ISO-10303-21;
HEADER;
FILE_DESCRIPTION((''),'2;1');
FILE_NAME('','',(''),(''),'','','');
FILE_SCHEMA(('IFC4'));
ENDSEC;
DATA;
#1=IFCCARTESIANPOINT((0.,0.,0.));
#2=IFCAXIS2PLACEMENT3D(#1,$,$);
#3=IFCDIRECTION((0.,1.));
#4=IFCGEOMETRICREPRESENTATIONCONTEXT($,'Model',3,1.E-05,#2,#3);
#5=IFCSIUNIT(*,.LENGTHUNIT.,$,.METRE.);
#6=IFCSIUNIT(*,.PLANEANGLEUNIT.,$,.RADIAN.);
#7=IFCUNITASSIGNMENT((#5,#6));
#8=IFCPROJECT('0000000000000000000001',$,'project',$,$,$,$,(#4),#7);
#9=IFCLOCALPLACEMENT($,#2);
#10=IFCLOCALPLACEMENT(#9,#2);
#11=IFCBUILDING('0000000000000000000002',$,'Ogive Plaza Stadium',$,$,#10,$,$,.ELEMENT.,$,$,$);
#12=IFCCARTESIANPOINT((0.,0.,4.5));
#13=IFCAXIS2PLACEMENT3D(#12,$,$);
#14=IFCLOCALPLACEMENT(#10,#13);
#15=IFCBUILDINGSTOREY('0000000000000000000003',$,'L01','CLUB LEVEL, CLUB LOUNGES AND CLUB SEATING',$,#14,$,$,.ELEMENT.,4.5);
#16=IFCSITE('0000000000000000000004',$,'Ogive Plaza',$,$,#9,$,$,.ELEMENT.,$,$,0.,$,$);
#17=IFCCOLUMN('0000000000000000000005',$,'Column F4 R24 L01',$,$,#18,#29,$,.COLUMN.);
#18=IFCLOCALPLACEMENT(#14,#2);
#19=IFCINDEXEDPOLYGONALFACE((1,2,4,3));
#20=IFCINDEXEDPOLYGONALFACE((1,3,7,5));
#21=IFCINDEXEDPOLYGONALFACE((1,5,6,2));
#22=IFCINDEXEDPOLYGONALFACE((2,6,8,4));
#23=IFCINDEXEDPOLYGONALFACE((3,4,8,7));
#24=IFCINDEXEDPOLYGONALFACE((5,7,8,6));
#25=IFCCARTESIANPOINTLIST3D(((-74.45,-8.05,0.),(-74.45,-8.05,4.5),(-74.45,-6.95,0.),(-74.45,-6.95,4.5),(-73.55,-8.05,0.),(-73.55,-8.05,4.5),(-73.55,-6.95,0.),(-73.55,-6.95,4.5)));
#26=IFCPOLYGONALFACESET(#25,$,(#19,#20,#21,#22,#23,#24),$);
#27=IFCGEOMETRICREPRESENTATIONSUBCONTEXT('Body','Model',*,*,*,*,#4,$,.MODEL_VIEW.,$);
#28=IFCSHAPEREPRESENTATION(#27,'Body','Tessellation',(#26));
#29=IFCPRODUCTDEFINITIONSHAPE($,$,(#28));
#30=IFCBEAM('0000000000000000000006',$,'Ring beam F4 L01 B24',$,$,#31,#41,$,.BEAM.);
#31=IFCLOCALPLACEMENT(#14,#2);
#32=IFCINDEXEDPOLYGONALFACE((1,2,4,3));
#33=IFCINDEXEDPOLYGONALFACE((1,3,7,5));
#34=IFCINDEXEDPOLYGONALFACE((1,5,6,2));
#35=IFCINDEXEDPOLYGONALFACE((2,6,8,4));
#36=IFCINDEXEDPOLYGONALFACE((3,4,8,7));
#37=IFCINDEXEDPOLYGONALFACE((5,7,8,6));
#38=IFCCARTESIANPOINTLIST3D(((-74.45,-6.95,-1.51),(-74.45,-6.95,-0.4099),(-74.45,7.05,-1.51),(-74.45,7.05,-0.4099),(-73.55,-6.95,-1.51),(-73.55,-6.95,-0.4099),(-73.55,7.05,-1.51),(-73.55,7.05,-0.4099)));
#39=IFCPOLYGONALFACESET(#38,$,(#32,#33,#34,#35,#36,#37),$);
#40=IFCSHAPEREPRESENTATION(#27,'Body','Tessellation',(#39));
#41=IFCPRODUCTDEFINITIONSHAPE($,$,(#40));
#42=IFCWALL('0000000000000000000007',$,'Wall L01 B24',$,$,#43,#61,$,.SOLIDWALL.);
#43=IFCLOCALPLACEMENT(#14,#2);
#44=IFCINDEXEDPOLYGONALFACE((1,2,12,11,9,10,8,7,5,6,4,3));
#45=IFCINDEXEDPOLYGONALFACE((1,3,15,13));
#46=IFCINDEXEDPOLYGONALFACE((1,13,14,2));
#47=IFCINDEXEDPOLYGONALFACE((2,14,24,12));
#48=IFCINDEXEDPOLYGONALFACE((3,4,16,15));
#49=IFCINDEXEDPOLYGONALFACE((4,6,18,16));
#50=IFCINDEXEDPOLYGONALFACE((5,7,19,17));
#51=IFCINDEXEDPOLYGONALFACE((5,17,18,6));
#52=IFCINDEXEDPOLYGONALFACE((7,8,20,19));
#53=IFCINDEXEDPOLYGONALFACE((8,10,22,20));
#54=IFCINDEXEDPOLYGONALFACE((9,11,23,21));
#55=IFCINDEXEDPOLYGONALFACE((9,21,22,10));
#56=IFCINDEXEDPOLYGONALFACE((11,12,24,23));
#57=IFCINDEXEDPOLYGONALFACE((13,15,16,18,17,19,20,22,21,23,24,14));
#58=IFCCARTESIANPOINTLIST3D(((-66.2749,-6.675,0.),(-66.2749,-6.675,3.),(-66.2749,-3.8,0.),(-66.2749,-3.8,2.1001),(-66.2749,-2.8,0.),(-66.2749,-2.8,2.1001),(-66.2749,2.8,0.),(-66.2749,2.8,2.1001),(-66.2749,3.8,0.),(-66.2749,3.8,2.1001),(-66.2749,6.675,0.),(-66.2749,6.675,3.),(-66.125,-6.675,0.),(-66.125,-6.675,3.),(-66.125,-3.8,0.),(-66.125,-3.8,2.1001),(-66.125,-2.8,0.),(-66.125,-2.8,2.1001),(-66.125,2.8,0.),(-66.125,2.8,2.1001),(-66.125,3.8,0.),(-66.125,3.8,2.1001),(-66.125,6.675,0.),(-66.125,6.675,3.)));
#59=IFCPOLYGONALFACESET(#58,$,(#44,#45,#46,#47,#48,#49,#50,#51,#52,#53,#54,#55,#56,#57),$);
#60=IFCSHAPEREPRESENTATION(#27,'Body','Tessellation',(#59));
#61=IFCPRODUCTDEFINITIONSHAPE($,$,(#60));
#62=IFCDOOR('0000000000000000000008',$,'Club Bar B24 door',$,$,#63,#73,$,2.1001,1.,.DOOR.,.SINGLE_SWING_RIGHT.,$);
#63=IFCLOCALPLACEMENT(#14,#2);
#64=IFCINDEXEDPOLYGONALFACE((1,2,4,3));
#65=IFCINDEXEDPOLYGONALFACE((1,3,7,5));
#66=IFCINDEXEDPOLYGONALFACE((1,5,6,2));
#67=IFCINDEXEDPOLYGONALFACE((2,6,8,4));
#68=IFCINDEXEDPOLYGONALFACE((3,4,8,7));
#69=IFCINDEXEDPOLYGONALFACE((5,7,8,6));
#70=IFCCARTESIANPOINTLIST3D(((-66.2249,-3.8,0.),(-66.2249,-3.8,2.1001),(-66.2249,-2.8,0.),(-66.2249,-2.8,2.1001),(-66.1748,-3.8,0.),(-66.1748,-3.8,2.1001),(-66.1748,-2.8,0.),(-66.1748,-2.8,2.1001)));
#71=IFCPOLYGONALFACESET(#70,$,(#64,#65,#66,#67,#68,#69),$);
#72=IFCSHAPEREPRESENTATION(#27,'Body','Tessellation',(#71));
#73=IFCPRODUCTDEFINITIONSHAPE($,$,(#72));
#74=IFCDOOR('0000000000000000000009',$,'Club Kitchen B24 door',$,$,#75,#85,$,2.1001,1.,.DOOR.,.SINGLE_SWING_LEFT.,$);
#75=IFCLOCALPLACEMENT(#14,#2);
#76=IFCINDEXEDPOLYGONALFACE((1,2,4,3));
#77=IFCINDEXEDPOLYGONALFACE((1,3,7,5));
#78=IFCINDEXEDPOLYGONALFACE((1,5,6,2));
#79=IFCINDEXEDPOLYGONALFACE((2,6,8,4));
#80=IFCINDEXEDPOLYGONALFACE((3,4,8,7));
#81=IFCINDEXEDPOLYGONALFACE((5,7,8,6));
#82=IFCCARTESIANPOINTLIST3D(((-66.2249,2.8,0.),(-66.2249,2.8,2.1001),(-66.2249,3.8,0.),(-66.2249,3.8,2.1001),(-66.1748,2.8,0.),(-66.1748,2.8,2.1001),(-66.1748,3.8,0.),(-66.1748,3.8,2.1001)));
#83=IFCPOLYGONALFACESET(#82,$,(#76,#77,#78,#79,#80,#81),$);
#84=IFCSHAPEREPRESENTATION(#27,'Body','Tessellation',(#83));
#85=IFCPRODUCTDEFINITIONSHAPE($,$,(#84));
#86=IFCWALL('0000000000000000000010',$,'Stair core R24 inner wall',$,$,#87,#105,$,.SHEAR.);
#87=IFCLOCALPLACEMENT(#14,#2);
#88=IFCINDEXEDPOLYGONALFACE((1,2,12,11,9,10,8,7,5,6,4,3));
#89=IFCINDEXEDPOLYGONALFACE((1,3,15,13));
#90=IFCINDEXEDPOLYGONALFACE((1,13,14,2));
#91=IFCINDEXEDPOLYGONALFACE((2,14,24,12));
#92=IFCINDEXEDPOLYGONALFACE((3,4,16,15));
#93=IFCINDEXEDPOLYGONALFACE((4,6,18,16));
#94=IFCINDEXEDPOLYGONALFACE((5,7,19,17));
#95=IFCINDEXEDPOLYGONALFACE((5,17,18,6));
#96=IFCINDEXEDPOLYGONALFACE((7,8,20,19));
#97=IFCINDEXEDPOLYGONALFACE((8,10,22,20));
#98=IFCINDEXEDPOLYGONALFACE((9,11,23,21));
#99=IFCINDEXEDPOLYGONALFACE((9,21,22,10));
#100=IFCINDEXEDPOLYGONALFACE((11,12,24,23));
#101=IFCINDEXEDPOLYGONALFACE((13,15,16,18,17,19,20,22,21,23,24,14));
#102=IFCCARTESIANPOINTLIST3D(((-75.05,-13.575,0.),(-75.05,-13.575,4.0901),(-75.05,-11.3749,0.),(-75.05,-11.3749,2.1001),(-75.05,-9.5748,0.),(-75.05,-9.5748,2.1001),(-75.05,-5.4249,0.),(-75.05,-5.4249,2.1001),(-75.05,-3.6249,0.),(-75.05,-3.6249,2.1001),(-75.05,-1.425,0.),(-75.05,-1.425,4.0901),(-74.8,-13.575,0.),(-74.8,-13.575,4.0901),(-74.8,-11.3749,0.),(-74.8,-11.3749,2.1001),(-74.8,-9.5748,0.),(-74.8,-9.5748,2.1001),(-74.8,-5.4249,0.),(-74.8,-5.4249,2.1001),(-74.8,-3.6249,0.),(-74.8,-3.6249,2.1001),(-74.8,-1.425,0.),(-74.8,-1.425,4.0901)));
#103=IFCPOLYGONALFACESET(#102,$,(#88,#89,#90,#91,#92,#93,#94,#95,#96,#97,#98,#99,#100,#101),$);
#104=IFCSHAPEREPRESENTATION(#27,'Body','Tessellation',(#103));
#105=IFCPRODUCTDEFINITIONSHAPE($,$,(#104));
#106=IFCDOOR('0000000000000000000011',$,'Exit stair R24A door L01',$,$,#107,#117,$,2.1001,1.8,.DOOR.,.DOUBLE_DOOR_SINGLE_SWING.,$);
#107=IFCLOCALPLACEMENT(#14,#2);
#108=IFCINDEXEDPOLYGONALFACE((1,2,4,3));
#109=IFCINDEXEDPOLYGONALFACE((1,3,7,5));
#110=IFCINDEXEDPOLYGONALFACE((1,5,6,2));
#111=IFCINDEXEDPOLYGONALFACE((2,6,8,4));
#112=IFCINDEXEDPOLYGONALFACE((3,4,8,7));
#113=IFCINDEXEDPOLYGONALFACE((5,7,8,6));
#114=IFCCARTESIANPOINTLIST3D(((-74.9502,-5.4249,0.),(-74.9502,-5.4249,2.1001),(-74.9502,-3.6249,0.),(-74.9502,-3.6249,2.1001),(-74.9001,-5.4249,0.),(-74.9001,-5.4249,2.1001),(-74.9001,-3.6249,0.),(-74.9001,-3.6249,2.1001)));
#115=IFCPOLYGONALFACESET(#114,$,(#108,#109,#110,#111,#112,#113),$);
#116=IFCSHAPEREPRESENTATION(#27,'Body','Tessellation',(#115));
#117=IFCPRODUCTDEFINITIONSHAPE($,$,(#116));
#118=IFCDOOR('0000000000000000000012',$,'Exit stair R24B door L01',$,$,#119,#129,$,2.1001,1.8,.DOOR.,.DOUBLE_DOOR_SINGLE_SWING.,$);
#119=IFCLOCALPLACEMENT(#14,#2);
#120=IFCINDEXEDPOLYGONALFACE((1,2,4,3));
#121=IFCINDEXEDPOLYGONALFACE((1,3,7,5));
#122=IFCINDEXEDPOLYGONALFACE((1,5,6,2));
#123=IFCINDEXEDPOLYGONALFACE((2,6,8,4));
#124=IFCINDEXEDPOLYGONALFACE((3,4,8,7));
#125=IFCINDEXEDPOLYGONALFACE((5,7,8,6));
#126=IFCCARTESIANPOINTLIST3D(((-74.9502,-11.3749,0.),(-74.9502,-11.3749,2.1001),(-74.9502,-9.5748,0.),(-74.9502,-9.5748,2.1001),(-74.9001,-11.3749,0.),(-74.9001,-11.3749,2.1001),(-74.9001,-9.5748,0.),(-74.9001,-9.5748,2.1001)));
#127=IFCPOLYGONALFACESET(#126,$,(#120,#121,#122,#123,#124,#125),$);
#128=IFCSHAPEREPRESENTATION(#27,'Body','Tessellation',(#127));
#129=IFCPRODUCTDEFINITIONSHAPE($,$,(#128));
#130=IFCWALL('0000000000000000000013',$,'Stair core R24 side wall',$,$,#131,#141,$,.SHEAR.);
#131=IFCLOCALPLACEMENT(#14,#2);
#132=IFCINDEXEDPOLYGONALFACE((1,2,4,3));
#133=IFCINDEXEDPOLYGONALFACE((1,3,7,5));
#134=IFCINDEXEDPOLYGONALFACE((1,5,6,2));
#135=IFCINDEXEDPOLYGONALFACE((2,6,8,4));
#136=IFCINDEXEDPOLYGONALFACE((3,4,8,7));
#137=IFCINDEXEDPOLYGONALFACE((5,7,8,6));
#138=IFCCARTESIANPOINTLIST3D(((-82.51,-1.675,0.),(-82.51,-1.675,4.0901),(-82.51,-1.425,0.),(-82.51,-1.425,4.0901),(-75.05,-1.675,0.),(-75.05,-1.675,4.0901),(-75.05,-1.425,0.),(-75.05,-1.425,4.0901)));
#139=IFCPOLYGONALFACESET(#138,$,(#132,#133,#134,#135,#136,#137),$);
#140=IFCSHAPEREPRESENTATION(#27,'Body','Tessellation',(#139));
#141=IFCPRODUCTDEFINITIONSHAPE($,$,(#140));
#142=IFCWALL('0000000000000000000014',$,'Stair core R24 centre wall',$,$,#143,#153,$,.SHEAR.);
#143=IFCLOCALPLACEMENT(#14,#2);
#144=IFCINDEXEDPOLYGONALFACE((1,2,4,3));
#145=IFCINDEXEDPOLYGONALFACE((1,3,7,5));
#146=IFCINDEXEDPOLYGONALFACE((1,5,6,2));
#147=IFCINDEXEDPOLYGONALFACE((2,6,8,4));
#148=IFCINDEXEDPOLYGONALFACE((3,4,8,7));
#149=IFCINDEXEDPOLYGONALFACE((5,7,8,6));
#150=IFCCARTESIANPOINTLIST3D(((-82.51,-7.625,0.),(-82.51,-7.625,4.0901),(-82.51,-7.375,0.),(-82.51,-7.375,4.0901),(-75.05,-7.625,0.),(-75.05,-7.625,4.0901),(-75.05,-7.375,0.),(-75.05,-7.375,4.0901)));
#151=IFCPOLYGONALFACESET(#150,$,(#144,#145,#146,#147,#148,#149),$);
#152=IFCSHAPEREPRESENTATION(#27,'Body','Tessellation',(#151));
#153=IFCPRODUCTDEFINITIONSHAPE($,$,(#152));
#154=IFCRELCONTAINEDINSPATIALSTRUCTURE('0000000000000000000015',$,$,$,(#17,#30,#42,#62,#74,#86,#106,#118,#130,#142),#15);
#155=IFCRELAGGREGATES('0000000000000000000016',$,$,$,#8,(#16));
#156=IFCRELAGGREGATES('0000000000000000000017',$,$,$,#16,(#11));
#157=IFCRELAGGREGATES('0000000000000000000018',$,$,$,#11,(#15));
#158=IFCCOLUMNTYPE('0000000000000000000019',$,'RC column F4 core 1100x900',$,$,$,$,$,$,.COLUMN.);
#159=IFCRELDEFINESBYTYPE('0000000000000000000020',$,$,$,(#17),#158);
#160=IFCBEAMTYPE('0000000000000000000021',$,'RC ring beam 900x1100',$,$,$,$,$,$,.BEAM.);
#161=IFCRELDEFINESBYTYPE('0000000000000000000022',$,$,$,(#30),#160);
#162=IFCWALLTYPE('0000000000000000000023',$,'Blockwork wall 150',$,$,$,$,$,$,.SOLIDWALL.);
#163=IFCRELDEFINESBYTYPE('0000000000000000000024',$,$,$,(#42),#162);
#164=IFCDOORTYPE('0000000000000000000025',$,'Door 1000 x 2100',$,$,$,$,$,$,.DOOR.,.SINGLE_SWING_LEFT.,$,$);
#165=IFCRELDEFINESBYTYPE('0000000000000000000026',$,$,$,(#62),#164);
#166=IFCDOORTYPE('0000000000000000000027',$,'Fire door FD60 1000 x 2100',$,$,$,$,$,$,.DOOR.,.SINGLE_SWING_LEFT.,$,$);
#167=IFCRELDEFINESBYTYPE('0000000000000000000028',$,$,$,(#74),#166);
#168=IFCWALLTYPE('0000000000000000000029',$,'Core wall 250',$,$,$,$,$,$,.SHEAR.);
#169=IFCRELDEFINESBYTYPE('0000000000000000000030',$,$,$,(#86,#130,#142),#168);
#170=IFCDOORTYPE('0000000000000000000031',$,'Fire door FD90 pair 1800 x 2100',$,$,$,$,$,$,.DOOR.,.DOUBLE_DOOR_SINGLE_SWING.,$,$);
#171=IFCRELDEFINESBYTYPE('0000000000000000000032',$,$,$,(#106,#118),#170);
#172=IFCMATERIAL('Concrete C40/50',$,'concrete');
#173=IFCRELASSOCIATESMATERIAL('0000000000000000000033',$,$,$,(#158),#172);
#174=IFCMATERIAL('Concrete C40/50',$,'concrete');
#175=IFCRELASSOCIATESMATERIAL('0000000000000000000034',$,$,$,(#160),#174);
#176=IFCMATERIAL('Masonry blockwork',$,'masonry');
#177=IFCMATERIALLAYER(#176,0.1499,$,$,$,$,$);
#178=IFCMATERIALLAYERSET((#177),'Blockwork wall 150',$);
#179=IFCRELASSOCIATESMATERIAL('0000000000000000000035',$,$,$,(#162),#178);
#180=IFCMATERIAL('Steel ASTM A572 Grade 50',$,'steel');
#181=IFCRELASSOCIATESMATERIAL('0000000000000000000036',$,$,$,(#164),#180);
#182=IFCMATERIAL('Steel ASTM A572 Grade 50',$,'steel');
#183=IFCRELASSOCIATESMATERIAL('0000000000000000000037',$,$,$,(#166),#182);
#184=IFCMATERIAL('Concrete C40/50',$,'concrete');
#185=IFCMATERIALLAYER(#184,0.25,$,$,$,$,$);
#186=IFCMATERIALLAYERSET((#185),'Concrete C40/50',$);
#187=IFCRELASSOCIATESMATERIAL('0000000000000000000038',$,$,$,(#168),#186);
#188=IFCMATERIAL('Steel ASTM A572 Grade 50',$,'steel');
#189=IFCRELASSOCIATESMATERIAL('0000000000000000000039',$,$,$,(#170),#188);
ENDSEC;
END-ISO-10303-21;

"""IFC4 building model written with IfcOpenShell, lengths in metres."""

from ifc_helpers import new_model, si_unit, direction, frame, frame_2d, origin, origin_2d, place, context, subcontext, project, spatial, rectangle, extrude, material, layer, layer_set, material_profile, profile_set, type_object, element, fill, save


model = new_model("IFC4")

# Units and contexts
model_context = context("Model", 3, precision=1e-05, world=origin(), true_north=direction((0.0, 1.0)))
body_context = subcontext(model_context, "Body", "Model", "MODEL_VIEW")
ifc_project = project(units=[si_unit("LENGTHUNIT", "METRE"), si_unit("PLANEANGLEUNIT", "RADIAN")], contexts=[model_context])

# Site, building, storey
site_placement = place(None, origin())
site = spatial("IfcSite", under=ifc_project, at=site_placement, Name="Ogive Plaza", CompositionType="ELEMENT", RefElevation=0.0)
building_placement = place(site_placement, origin())
building = spatial("IfcBuilding", under=site, at=building_placement, Name="Ogive Plaza Stadium", CompositionType="ELEMENT")
storey_placement = place(building_placement, frame((0.0, 0.0, 4.5)))
storey = spatial("IfcBuildingStorey", under=building, at=storey_placement, Name="L01", Description="CLUB LEVEL, CLUB LOUNGES AND CLUB SEATING", CompositionType="ELEMENT", Elevation=4.5)

# Column
ifc_material_1 = material(Name="Concrete C40/50", Category="concrete")
ifc_material_profile_1 = material_profile(ifc_material_1, rectangle(XDim=1.1001, YDim=0.8999, at=origin_2d()), Name="RC 1100x900")
ifc_profile_set_1 = profile_set([ifc_material_profile_1], Name="Concrete C40/50")
column_type = type_object("IfcColumnType", Name="RC column F4 core 1100x900", PredefinedType="COLUMN", material=ifc_profile_set_1)
column_placement = place(storey_placement, frame((-74.0, -7.5, 0.0), z_axis=(0.0, 0.0, 1.0), x_axis=(0.0, -1.0, 0.0)))
element("IfcColumn", 1, at=column_placement, inside=storey, type_object=column_type, Name="Column F4 R24 L01", PredefinedType="COLUMN", context=body_context, shape_type="SweptSolid", body=[
    extrude(rectangle(XDim=1.1001, YDim=0.8999, at=origin_2d()), origin(), (0.0, 0.0, 1.0), 4.5),
])

# Beam
ifc_material_2 = material(Name="Concrete C40/50", Category="concrete")
ifc_material_profile_2 = material_profile(ifc_material_2, rectangle(XDim=0.8999, YDim=1.1001, at=origin_2d()), Name="RC 900x1100")
ifc_profile_set_2 = profile_set([ifc_material_profile_2], Name="Concrete C40/50")
beam_type = type_object("IfcBeamType", Name="RC ring beam 900x1100", PredefinedType="BEAM", material=ifc_profile_set_2)
beam_placement = place(storey_placement, frame((-74.0, -6.95, -0.96), z_axis=(0.0, 1.0, 0.0), x_axis=(-1.0, 0.0, 0.0)))
element("IfcBeam", 2, at=beam_placement, inside=storey, type_object=beam_type, Name="Ring beam F4 L01 B24", PredefinedType="BEAM", context=body_context, shape_type="SweptSolid", body=[
    extrude(rectangle(XDim=0.8999, YDim=1.1001, at=origin_2d()), origin(), (0.0, 0.0, 1.0), 14.0),
])

# Walls, openings, doors
ifc_material_3 = material(Name="Masonry blockwork", Category="masonry")
ifc_layer_1 = layer(ifc_material_3, 0.1499)
ifc_layer_set_1 = layer_set([ifc_layer_1], Name="Blockwork wall 150")
wall_type_1 = type_object("IfcWallType", Name="Blockwork wall 150", PredefinedType="SOLIDWALL", material=ifc_layer_set_1)
wall_1_placement = place(storey_placement, frame((-66.2, -6.675, 0.0), z_axis=(0.0, 0.0, 1.0), x_axis=(0.0, 1.0, 0.0)))
wall_1 = element("IfcWall", 3, at=wall_1_placement, inside=storey, type_object=wall_type_1, Name="Wall L01 B24", PredefinedType="SOLIDWALL", context=body_context, shape_type="SweptSolid", body=[
    extrude(rectangle(XDim=13.3501, YDim=0.1499, at=frame_2d((6.675, 0.0))), origin(), (0.0, 0.0, 1.0), 3.0),
])
opening_1_placement = place(wall_1_placement, frame((2.875, 0.0, 0.0)))
opening_1 = element("IfcOpeningElement", 4, at=opening_1_placement, cuts=wall_1, PredefinedType="OPENING", context=body_context, shape_type="SweptSolid", body=[
    extrude(rectangle(XDim=1.0, YDim=2.1001, at=frame_2d((0.5, 1.05))), frame((0.0, 0.075, 0.0), z_axis=(0.0, -1.0, 0.0), x_axis=(1.0, 0.0, 0.0)), (0.0, 0.0, 1.0), 0.1499),
])
opening_2_placement = place(wall_1_placement, frame((9.4751, 0.0, 0.0)))
opening_2 = element("IfcOpeningElement", 5, at=opening_2_placement, cuts=wall_1, PredefinedType="OPENING", context=body_context, shape_type="SweptSolid", body=[
    extrude(rectangle(XDim=1.0, YDim=2.1001, at=frame_2d((0.5, 1.05))), frame((0.0, 0.075, 0.0), z_axis=(0.0, -1.0, 0.0), x_axis=(1.0, 0.0, 0.0)), (0.0, 0.0, 1.0), 0.1499),
])
ifc_material_4 = material(Name="Steel ASTM A572 Grade 50", Category="steel")
door_type_1 = type_object("IfcDoorType", Name="Door 1000 x 2100", OperationType="SINGLE_SWING_LEFT", PredefinedType="DOOR", material=ifc_material_4)
door_1_placement = place(opening_1_placement, origin())
door_1 = element("IfcDoor", 6, at=door_1_placement, inside=storey, type_object=door_type_1, Name="Club Bar B24 door", OperationType="SINGLE_SWING_RIGHT", OverallHeight=2.1001, OverallWidth=1.0, PredefinedType="DOOR", context=body_context, shape_type="SweptSolid", body=[
    extrude(rectangle(XDim=1.0, YDim=2.1001, at=frame_2d((0.5, 1.05))), frame((0.0, 0.0249, 0.0), z_axis=(0.0, -1.0, 0.0), x_axis=(1.0, 0.0, 0.0)), (0.0, 0.0, 1.0), 0.05),
])
fill(opening_1, door_1)
ifc_material_5 = material(Name="Steel ASTM A572 Grade 50", Category="steel")
door_type_2 = type_object("IfcDoorType", Name="Fire door FD60 1000 x 2100", OperationType="SINGLE_SWING_LEFT", PredefinedType="DOOR", material=ifc_material_5)
door_2_placement = place(opening_2_placement, origin())
door_2 = element("IfcDoor", 7, at=door_2_placement, inside=storey, type_object=door_type_2, Name="Club Kitchen B24 door", OperationType="SINGLE_SWING_LEFT", OverallHeight=2.1001, OverallWidth=1.0, PredefinedType="DOOR", context=body_context, shape_type="SweptSolid", body=[
    extrude(rectangle(XDim=1.0, YDim=2.1001, at=frame_2d((0.5, 1.05))), frame((0.0, 0.0249, 0.0), z_axis=(0.0, -1.0, 0.0), x_axis=(1.0, 0.0, 0.0)), (0.0, 0.0, 1.0), 0.05),
])
fill(opening_2, door_2)
ifc_material_6 = material(Name="Concrete C40/50", Category="concrete")
ifc_layer_2 = layer(ifc_material_6, 0.25)
ifc_layer_set_2 = layer_set([ifc_layer_2], Name="Concrete C40/50")
wall_type_2 = type_object("IfcWallType", Name="Core wall 250", PredefinedType="SHEAR", material=ifc_layer_set_2)
wall_2_placement = place(storey_placement, frame((-74.925, -1.425, 0.0), z_axis=(0.0, 0.0, 1.0), x_axis=(0.0, -1.0, 0.0)))
wall_2 = element("IfcWall", 8, at=wall_2_placement, inside=storey, type_object=wall_type_2, Name="Stair core R24 inner wall", PredefinedType="SHEAR", context=body_context, shape_type="SweptSolid", body=[
    extrude(rectangle(XDim=12.1499, YDim=0.25, at=frame_2d((6.075, 0.0))), origin(), (0.0, 0.0, 1.0), 4.0901),
])
opening_3_placement = place(wall_2_placement, frame((2.2, 0.0, 0.0)))
opening_3 = element("IfcOpeningElement", 9, at=opening_3_placement, cuts=wall_2, PredefinedType="OPENING", context=body_context, shape_type="SweptSolid", body=[
    extrude(rectangle(XDim=1.8, YDim=2.1001, at=frame_2d((0.8999, 1.05))), frame((0.0, 0.125, 0.0), z_axis=(0.0, -1.0, 0.0), x_axis=(1.0, 0.0, 0.0)), (0.0, 0.0, 1.0), 0.25),
])
opening_4_placement = place(wall_2_placement, frame((8.1499, 0.0, 0.0)))
opening_4 = element("IfcOpeningElement", 10, at=opening_4_placement, cuts=wall_2, PredefinedType="OPENING", context=body_context, shape_type="SweptSolid", body=[
    extrude(rectangle(XDim=1.8, YDim=2.1001, at=frame_2d((0.8999, 1.05))), frame((0.0, 0.125, 0.0), z_axis=(0.0, -1.0, 0.0), x_axis=(1.0, 0.0, 0.0)), (0.0, 0.0, 1.0), 0.25),
])
ifc_material_7 = material(Name="Steel ASTM A572 Grade 50", Category="steel")
door_type_3 = type_object("IfcDoorType", Name="Fire door FD90 pair 1800 x 2100", OperationType="DOUBLE_DOOR_SINGLE_SWING", PredefinedType="DOOR", material=ifc_material_7)
door_3_placement = place(opening_3_placement, origin())
door_3 = element("IfcDoor", 11, at=door_3_placement, inside=storey, type_object=door_type_3, Name="Exit stair R24A door L01", OperationType="DOUBLE_DOOR_SINGLE_SWING", OverallHeight=2.1001, OverallWidth=1.8, PredefinedType="DOOR", context=body_context, shape_type="SweptSolid", body=[
    extrude(rectangle(XDim=1.8, YDim=2.1001, at=frame_2d((0.8999, 1.05))), frame((0.0, 0.0249, 0.0), z_axis=(0.0, -1.0, 0.0), x_axis=(1.0, 0.0, 0.0)), (0.0, 0.0, 1.0), 0.05),
])
fill(opening_3, door_3)
door_4_placement = place(opening_4_placement, origin())
door_4 = element("IfcDoor", 12, at=door_4_placement, inside=storey, type_object=door_type_3, Name="Exit stair R24B door L01", OperationType="DOUBLE_DOOR_SINGLE_SWING", OverallHeight=2.1001, OverallWidth=1.8, PredefinedType="DOOR", context=body_context, shape_type="SweptSolid", body=[
    extrude(rectangle(XDim=1.8, YDim=2.1001, at=frame_2d((0.8999, 1.05))), frame((0.0, 0.0249, 0.0), z_axis=(0.0, -1.0, 0.0), x_axis=(1.0, 0.0, 0.0)), (0.0, 0.0, 1.0), 0.05),
])
fill(opening_4, door_4)

# Walls
for number, where, z_axis, x_axis, name in (
    (13, (-75.05, -1.55, 0.0), (0.0, 0.0, 1.0), (-1.0, 0.0, 0.0), "Stair core R24 side wall"),
    (14, (-75.05, -7.5, 0.0), (0.0, 0.0, 1.0), (-1.0, 0.0, 0.0), "Stair core R24 centre wall"),
):
    element("IfcWall", number, at=place(storey_placement, frame(where, z_axis=z_axis, x_axis=x_axis)), inside=storey, type_object=wall_type_2, Name=name, PredefinedType="SHEAR", context=body_context, shape_type="SweptSolid", body=[
        extrude(rectangle(XDim=7.46, YDim=0.25, at=frame_2d((3.73, 0.0))), origin(), (0.0, 0.0, 1.0), 4.0901),
    ])

save(model, "model.ifc")
